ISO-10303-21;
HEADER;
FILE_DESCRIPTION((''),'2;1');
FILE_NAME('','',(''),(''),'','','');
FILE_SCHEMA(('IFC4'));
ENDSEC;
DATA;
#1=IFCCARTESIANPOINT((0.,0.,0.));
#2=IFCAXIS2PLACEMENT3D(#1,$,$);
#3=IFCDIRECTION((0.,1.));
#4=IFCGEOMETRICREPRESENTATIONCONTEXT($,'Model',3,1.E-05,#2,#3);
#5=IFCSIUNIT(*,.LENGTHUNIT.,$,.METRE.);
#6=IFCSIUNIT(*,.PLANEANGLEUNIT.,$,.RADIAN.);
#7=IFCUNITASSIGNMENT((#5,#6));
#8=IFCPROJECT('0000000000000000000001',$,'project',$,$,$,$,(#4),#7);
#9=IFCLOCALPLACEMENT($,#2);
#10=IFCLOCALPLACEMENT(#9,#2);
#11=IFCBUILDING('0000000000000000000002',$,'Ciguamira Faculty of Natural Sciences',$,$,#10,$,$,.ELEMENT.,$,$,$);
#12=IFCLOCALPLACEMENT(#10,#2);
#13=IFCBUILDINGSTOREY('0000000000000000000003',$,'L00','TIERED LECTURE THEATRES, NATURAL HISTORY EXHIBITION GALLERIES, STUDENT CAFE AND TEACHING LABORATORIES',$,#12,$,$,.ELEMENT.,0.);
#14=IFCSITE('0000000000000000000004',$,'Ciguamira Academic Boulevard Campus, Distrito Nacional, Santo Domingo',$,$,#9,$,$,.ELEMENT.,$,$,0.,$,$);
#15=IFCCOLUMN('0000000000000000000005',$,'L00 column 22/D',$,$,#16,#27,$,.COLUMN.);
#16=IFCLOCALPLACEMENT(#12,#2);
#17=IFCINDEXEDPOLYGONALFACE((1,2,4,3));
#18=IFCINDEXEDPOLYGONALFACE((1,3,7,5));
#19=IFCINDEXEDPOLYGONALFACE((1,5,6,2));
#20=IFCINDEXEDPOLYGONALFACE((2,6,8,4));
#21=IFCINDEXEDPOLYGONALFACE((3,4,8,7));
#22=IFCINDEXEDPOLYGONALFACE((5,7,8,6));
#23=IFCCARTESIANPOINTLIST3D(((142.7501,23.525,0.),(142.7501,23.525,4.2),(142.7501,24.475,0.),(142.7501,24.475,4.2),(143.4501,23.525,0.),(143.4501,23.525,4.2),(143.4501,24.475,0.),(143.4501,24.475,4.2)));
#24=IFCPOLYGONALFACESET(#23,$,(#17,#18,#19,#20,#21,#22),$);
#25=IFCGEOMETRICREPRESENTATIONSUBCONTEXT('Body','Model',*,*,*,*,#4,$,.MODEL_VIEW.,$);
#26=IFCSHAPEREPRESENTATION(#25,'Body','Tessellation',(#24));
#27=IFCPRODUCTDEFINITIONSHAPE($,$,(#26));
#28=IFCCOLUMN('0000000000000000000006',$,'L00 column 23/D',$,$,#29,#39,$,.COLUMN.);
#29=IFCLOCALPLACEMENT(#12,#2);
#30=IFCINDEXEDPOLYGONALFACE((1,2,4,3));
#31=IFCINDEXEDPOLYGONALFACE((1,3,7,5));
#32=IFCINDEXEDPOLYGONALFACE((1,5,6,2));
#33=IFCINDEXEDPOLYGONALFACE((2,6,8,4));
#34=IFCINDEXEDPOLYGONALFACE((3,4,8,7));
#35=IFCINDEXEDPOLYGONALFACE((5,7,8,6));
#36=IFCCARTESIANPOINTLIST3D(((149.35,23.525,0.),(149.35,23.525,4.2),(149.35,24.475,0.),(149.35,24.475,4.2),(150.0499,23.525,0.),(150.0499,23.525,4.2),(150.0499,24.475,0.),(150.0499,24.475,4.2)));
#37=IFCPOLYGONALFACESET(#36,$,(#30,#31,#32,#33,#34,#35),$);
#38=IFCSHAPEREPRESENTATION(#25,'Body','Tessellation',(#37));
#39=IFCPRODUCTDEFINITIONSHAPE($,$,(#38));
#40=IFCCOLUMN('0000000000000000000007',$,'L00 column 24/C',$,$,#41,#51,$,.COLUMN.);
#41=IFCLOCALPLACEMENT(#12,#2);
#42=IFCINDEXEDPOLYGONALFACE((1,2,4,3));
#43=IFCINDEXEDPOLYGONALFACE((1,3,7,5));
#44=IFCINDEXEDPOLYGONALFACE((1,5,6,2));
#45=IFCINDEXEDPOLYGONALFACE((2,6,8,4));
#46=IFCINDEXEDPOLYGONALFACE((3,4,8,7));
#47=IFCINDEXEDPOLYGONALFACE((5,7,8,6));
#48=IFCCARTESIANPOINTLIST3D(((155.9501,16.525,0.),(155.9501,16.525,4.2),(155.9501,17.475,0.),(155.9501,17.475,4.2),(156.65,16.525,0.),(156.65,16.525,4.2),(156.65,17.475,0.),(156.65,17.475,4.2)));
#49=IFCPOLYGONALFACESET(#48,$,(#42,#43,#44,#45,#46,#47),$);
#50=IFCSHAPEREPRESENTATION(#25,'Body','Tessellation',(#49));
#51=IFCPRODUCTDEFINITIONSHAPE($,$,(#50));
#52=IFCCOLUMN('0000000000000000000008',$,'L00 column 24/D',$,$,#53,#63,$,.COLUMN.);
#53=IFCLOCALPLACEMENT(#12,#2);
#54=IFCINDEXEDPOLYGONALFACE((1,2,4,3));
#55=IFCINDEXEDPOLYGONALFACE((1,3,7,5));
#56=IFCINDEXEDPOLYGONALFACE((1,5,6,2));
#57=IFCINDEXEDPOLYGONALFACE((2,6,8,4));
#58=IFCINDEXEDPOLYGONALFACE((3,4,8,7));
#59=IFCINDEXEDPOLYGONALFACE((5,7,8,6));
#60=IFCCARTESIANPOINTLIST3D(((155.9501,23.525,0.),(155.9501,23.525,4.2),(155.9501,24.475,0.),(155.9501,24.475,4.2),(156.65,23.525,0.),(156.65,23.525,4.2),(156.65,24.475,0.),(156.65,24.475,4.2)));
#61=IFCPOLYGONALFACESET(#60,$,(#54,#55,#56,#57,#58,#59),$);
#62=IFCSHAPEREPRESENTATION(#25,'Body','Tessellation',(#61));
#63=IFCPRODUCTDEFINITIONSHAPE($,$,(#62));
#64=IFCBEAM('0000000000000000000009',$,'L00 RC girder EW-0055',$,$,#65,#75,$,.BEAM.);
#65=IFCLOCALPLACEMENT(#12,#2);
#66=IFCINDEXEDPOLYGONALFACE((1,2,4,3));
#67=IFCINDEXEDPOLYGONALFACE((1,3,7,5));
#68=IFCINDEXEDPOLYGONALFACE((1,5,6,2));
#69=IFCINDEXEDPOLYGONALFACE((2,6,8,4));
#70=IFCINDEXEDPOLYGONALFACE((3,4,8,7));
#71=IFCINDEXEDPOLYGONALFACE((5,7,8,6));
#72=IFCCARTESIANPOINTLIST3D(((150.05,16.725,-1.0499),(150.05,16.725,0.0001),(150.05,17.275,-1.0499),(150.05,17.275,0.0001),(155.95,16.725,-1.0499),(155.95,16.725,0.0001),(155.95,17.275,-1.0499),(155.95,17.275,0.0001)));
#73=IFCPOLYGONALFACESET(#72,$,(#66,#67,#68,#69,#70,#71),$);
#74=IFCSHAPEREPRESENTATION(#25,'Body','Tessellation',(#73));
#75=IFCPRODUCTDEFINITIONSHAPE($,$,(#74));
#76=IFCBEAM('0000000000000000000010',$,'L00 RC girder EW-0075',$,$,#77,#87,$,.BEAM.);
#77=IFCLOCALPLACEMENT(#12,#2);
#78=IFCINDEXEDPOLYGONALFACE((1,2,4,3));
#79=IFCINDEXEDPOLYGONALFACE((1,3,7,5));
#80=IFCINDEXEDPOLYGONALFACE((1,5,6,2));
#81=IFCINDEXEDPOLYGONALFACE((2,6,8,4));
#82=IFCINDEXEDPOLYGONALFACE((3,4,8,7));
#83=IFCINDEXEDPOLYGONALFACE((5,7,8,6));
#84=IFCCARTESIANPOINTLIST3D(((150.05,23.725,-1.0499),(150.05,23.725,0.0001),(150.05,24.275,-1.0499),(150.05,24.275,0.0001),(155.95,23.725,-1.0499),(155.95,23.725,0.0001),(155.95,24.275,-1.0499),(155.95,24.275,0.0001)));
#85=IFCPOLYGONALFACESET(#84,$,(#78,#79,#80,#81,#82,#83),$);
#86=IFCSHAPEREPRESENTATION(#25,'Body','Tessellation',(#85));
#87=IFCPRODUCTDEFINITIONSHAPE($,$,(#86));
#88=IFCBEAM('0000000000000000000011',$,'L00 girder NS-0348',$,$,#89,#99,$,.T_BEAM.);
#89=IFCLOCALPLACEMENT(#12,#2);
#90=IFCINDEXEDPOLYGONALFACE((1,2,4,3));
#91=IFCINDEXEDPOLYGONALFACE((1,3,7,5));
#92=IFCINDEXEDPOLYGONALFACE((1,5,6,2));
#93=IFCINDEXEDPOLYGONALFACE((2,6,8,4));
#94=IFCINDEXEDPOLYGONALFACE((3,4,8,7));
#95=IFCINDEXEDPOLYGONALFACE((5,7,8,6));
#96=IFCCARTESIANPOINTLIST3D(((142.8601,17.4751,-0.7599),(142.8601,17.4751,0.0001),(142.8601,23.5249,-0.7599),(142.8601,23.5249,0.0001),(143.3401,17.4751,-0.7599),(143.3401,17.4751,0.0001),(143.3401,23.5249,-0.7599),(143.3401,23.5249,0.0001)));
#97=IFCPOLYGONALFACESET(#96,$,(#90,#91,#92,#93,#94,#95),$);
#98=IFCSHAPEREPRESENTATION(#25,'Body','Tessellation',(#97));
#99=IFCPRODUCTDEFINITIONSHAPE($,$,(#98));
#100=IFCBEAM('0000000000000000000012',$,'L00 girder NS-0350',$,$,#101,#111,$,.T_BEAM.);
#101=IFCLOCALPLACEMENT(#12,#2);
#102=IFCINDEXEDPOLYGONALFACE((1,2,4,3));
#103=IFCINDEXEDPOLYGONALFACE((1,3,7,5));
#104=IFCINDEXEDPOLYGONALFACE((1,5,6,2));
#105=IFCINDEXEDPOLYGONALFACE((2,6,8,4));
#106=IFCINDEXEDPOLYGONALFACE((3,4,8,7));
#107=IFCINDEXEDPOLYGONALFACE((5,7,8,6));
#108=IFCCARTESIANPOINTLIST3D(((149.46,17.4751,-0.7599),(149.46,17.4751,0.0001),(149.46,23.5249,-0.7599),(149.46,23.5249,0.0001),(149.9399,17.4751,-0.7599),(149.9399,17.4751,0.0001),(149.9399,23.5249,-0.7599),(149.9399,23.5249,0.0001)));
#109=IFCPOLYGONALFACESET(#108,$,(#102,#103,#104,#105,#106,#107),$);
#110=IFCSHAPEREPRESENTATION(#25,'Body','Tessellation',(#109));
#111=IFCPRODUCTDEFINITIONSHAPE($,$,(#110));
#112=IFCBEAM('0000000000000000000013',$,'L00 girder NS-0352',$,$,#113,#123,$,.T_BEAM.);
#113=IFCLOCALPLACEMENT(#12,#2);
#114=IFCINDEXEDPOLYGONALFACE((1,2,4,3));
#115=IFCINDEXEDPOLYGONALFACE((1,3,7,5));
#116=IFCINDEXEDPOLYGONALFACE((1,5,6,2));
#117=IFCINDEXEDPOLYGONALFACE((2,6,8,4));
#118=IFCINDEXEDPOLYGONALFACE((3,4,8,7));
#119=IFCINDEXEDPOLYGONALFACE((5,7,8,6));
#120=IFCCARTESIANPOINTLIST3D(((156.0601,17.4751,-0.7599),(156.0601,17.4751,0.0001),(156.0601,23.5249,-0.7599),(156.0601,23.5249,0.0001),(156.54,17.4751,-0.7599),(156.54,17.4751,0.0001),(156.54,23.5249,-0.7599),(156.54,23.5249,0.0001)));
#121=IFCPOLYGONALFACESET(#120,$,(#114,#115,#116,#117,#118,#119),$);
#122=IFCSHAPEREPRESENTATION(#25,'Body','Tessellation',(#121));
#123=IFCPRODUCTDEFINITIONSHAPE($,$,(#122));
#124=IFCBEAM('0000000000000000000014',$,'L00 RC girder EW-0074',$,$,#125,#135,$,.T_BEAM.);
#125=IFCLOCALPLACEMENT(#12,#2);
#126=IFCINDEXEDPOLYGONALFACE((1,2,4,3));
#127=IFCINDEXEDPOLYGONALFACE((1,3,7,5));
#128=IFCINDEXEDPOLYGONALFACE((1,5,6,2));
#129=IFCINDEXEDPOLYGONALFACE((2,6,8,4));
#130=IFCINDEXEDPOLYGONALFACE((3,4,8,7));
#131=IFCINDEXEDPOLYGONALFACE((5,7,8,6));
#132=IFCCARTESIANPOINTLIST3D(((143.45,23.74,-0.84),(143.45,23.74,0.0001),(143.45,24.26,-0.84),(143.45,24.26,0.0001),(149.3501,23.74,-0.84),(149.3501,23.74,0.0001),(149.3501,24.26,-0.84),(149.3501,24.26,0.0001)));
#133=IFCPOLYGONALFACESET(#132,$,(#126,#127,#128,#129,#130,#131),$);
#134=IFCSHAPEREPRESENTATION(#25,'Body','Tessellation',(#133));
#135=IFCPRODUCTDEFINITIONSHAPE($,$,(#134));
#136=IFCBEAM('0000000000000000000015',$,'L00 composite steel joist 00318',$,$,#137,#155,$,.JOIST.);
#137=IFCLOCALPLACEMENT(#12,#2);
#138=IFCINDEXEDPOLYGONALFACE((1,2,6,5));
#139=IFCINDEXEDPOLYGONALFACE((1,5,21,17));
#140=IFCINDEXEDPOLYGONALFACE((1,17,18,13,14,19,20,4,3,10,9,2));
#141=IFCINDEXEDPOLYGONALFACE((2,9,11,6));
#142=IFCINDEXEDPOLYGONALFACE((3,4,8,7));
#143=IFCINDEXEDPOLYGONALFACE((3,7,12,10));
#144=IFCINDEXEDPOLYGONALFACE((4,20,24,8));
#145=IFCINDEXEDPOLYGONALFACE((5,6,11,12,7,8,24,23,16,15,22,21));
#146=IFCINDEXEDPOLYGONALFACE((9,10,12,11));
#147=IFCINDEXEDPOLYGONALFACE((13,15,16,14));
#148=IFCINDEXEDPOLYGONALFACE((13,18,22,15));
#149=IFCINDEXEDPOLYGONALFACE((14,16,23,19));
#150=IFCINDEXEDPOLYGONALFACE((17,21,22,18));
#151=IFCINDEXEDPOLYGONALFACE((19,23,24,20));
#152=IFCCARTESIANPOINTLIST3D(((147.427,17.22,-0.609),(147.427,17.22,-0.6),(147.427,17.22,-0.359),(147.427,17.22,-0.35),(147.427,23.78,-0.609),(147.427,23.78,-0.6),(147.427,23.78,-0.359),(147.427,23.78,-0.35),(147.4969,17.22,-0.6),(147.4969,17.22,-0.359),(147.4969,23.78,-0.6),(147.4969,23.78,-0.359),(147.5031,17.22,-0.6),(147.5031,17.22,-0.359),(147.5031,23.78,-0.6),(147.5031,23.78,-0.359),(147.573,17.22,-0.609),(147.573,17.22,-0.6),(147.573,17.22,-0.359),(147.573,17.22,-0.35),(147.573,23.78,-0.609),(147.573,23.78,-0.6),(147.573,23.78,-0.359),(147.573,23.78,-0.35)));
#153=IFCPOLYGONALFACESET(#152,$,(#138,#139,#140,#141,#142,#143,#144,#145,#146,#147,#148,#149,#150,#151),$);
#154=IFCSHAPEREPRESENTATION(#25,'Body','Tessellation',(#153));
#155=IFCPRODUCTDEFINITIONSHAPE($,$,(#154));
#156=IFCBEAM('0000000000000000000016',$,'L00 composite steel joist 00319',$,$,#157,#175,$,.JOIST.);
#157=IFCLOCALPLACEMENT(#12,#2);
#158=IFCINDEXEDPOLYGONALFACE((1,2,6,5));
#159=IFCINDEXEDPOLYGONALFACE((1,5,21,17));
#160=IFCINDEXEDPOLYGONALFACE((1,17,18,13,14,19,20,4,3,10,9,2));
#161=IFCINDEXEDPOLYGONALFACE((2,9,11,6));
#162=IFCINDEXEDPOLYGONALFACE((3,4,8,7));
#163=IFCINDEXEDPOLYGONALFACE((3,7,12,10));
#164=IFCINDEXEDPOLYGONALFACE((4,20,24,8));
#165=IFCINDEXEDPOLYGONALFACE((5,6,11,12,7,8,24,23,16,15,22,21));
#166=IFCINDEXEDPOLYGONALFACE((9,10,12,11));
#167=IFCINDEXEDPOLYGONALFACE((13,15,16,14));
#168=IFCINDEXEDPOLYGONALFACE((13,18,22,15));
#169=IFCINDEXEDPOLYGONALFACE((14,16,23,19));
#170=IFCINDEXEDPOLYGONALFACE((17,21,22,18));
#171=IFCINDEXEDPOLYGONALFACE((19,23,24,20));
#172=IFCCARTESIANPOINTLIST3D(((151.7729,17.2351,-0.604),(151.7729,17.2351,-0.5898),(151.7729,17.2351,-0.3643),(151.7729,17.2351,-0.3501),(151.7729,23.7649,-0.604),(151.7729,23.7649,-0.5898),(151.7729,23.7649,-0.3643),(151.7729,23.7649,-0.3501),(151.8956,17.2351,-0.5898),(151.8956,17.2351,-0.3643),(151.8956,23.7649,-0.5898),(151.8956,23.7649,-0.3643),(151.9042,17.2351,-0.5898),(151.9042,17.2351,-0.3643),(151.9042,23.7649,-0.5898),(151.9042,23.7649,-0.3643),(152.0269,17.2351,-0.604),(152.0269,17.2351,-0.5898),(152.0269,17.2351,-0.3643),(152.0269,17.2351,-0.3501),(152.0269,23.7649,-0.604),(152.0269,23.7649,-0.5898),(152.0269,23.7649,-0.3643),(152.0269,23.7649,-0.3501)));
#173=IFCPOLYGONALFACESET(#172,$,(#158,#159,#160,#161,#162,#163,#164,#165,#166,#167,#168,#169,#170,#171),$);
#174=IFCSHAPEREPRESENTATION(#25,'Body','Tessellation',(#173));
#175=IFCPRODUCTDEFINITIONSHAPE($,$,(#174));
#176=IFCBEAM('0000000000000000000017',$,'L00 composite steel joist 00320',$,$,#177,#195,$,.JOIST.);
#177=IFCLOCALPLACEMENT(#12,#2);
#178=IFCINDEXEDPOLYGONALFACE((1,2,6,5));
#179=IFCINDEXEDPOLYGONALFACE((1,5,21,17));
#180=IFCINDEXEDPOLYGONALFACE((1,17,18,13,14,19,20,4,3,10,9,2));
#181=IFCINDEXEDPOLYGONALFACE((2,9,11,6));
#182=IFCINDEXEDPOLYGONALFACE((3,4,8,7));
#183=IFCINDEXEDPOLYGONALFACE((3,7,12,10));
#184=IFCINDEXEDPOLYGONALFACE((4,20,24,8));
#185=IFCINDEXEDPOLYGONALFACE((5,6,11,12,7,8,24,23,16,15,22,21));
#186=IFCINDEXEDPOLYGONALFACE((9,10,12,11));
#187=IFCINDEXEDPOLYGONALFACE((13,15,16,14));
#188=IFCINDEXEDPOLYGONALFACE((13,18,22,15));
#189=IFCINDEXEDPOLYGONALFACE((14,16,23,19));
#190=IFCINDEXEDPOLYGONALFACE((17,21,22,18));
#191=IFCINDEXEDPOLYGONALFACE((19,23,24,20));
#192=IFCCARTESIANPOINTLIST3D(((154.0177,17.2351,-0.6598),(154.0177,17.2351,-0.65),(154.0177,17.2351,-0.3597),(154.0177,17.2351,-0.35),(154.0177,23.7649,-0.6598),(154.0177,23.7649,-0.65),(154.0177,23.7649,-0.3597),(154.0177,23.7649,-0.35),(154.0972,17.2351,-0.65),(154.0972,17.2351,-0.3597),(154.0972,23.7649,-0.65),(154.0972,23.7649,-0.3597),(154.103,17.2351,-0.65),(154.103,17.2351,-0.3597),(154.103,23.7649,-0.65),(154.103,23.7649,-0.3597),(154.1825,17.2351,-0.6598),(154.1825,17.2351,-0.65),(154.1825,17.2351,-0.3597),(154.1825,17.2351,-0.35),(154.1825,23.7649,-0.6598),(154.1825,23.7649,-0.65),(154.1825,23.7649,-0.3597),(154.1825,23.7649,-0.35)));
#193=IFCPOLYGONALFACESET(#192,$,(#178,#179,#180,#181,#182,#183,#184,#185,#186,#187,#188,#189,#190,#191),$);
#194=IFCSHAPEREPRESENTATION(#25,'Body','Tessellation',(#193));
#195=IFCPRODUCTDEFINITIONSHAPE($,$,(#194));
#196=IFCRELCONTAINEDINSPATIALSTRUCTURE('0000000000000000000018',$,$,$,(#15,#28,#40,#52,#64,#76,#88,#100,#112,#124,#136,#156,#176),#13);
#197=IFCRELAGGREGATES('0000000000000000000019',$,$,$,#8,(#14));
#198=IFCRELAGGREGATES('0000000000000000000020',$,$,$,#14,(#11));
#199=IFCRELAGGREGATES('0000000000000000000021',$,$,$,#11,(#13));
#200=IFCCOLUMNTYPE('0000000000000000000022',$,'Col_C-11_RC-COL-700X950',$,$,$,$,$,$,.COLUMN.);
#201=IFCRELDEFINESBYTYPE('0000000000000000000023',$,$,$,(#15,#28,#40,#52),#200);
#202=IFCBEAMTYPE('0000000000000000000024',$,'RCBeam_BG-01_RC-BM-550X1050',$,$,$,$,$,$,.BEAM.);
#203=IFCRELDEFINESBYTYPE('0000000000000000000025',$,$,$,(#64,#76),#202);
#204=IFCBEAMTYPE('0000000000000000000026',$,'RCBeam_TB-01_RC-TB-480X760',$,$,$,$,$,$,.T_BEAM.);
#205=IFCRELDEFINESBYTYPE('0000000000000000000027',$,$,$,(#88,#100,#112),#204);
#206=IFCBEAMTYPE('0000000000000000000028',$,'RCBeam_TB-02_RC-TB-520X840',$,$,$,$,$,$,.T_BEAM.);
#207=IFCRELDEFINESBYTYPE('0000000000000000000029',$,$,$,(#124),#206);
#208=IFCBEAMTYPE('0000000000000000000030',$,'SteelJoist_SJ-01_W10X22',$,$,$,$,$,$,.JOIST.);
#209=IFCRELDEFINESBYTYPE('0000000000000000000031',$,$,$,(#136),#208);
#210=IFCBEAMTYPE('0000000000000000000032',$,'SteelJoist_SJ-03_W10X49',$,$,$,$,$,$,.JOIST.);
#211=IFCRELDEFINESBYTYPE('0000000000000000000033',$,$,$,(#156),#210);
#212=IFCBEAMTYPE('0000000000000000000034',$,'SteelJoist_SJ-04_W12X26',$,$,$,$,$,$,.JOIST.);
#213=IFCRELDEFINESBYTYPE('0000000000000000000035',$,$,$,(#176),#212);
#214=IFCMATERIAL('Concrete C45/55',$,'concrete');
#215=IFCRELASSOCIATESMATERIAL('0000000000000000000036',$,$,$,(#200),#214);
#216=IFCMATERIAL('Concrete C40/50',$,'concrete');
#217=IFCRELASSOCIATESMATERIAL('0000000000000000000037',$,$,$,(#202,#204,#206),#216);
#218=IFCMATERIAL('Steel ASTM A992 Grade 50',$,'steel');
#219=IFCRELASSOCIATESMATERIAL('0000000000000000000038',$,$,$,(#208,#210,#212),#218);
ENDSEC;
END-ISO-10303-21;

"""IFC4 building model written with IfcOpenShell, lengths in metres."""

from ifc_helpers import new_model, si_unit, direction, frame, origin, origin_2d, place, context, subcontext, project, spatial, rectangle, i_section, extrude, material, material_profile, profile_set, type_object, element, save


model = new_model("IFC4")

# Units and contexts
model_context = context("Model", 3, precision=1e-05, world=origin(), true_north=direction((0.0, 1.0)))
body_context = subcontext(model_context, "Body", "Model", "MODEL_VIEW")
ifc_project = project(units=[si_unit("LENGTHUNIT", "METRE"), si_unit("PLANEANGLEUNIT", "RADIAN")], contexts=[model_context])

# Site, building, storey
site_placement = place(None, origin())
site = spatial("IfcSite", under=ifc_project, at=site_placement, Name="Ciguamira Academic Boulevard Campus, Distrito Nacional, Santo Domingo", CompositionType="ELEMENT", RefElevation=0.0)
building_placement = place(site_placement, origin())
building = spatial("IfcBuilding", under=site, at=building_placement, Name="Ciguamira Faculty of Natural Sciences", CompositionType="ELEMENT")
storey_placement = place(building_placement, origin())
storey = spatial("IfcBuildingStorey", under=building, at=storey_placement, Name="L00", Description="TIERED LECTURE THEATRES, NATURAL HISTORY EXHIBITION GALLERIES, STUDENT CAFE AND TEACHING LABORATORIES", CompositionType="ELEMENT", Elevation=0.0)

# Columns
ifc_material_1 = material(Name="Concrete C45/55", Category="concrete")
ifc_material_profile_1 = material_profile(ifc_material_1, rectangle(XDim=0.7, YDim=0.95, at=origin_2d()), Name="RC-COL-700X950")
ifc_profile_set_1 = profile_set([ifc_material_profile_1], Name="Concrete C45/55")
column_type = type_object("IfcColumnType", Name="Col_C-11_RC-COL-700X950", PredefinedType="COLUMN", material=ifc_profile_set_1)
for number, where, z_axis, x_axis, name in (
    (1, (143.1001, 24.0, 0.0), (0.0, 0.0, 1.0), (1.0, 0.0, 0.0), "L00 column 22/D"),
    (2, (149.7, 24.0, 0.0), (0.0, 0.0, 1.0), (1.0, 0.0, 0.0), "L00 column 23/D"),
    (3, (156.3, 17.0, 0.0), (0.0, 0.0, 1.0), (1.0, 0.0, 0.0), "L00 column 24/C"),
    (4, (156.3, 24.0, 0.0), (0.0, 0.0, 1.0), (1.0, 0.0, 0.0), "L00 column 24/D"),
):
    element("IfcColumn", number, at=place(storey_placement, frame(where, z_axis=z_axis, x_axis=x_axis)), inside=storey, type_object=column_type, Name=name, PredefinedType="COLUMN", context=body_context, shape_type="SweptSolid", body=[
        extrude(rectangle(XDim=0.7, YDim=0.95, at=origin_2d()), origin(), (0.0, 0.0, 1.0), 4.2),
    ])

# Beams
ifc_material_2 = material(Name="Concrete C40/50", Category="concrete")
ifc_material_profile_2 = material_profile(ifc_material_2, rectangle(XDim=0.55, YDim=1.05, at=origin_2d()), Name="RC-BM-550X1050")
ifc_profile_set_2 = profile_set([ifc_material_profile_2], Name="Concrete C40/50")
beam_type_1 = type_object("IfcBeamType", Name="RCBeam_BG-01_RC-BM-550X1050", PredefinedType="BEAM", material=ifc_profile_set_2)
for number, where, z_axis, x_axis, name in (
    (5, (150.05, 17.0, -0.5249), (1.0, 0.0, 0.0), (0.0, 1.0, 0.0), "L00 RC girder EW-0055"),
    (6, (150.05, 24.0, -0.5249), (1.0, 0.0, 0.0), (0.0, 1.0, 0.0), "L00 RC girder EW-0075"),
):
    element("IfcBeam", number, at=place(storey_placement, frame(where, z_axis=z_axis, x_axis=x_axis)), inside=storey, type_object=beam_type_1, Name=name, PredefinedType="BEAM", context=body_context, shape_type="SweptSolid", body=[
        extrude(rectangle(XDim=0.55, YDim=1.05, at=origin_2d()), origin(), (0.0, 0.0, 1.0), 5.8999),
    ])
ifc_material_profile_3 = material_profile(ifc_material_2, rectangle(XDim=0.48, YDim=0.76, at=origin_2d()), Name="RC-TB-480X760")
ifc_profile_set_3 = profile_set([ifc_material_profile_3], Name="Concrete C40/50")
beam_type_2 = type_object("IfcBeamType", Name="RCBeam_TB-01_RC-TB-480X760", PredefinedType="T_BEAM", material=ifc_profile_set_3)
for number, where, z_axis, x_axis, name in (
    (7, (143.1001, 17.4751, -0.3799), (0.0, 1.0, 0.0), (-1.0, 0.0, 0.0), "L00 girder NS-0348"),
    (8, (149.7, 17.4751, -0.3799), (0.0, 1.0, 0.0), (-1.0, 0.0, 0.0), "L00 girder NS-0350"),
    (9, (156.3, 17.4751, -0.3799), (0.0, 1.0, 0.0), (-1.0, 0.0, 0.0), "L00 girder NS-0352"),
):
    element("IfcBeam", number, at=place(storey_placement, frame(where, z_axis=z_axis, x_axis=x_axis)), inside=storey, type_object=beam_type_2, Name=name, PredefinedType="T_BEAM", context=body_context, shape_type="SweptSolid", body=[
        extrude(rectangle(XDim=0.48, YDim=0.76, at=origin_2d()), origin(), (0.0, 0.0, 1.0), 6.0498),
    ])
ifc_material_profile_4 = material_profile(ifc_material_2, rectangle(XDim=0.52, YDim=0.8401, at=origin_2d()), Name="RC-TB-520X840")
ifc_profile_set_4 = profile_set([ifc_material_profile_4], Name="Concrete C40/50")
beam_type_3 = type_object("IfcBeamType", Name="RCBeam_TB-02_RC-TB-520X840", PredefinedType="T_BEAM", material=ifc_profile_set_4)
beam_1_placement = place(storey_placement, frame((143.45, 24.0, -0.4199), z_axis=(1.0, 0.0, 0.0), x_axis=(0.0, 1.0, 0.0)))
element("IfcBeam", 10, at=beam_1_placement, inside=storey, type_object=beam_type_3, Name="L00 RC girder EW-0074", PredefinedType="T_BEAM", context=body_context, shape_type="SweptSolid", body=[
    extrude(rectangle(XDim=0.52, YDim=0.8401, at=origin_2d()), origin(), (0.0, 0.0, 1.0), 5.9001),
])
ifc_material_3 = material(Name="Steel ASTM A992 Grade 50", Category="steel")
ifc_material_profile_5 = material_profile(ifc_material_3, i_section(OverallWidth=0.146, OverallDepth=0.259, WebThickness=0.0061, FlangeThickness=0.009, at=origin_2d()), Name="W10X22")
ifc_profile_set_5 = profile_set([ifc_material_profile_5], Name="Steel ASTM A992 Grade 50")
beam_type_4 = type_object("IfcBeamType", Name="SteelJoist_SJ-01_W10X22", PredefinedType="JOIST", material=ifc_profile_set_5)
beam_2_placement = place(storey_placement, frame((147.5, 17.22, -0.4795), z_axis=(0.0, 1.0, 0.0), x_axis=(-1.0, 0.0, 0.0)))
element("IfcBeam", 11, at=beam_2_placement, inside=storey, type_object=beam_type_4, Name="L00 composite steel joist 00318", PredefinedType="JOIST", context=body_context, shape_type="SweptSolid", body=[
    extrude(i_section(OverallWidth=0.146, OverallDepth=0.259, WebThickness=0.0061, FlangeThickness=0.009, at=origin_2d()), origin(), (0.0, 0.0, 1.0), 6.5601),
])
ifc_material_profile_6 = material_profile(ifc_material_3, i_section(OverallWidth=0.2539, OverallDepth=0.2539, WebThickness=0.0085, FlangeThickness=0.0142, at=origin_2d()), Name="W10X49")
ifc_profile_set_6 = profile_set([ifc_material_profile_6], Name="Steel ASTM A992 Grade 50")
beam_type_5 = type_object("IfcBeamType", Name="SteelJoist_SJ-03_W10X49", PredefinedType="JOIST", material=ifc_profile_set_6)
beam_3_placement = place(storey_placement, frame((151.8999, 17.2351, -0.4771), z_axis=(0.0, 1.0, 0.0), x_axis=(-1.0, 0.0, 0.0)))
element("IfcBeam", 12, at=beam_3_placement, inside=storey, type_object=beam_type_5, Name="L00 composite steel joist 00319", PredefinedType="JOIST", context=body_context, shape_type="SweptSolid", body=[
    extrude(i_section(OverallWidth=0.2539, OverallDepth=0.2539, WebThickness=0.0085, FlangeThickness=0.0142, at=origin_2d()), origin(), (0.0, 0.0, 1.0), 6.5298),
])
ifc_material_profile_7 = material_profile(ifc_material_3, i_section(OverallWidth=0.1648, OverallDepth=0.3098, WebThickness=0.0059, FlangeThickness=0.0098, at=origin_2d()), Name="W12X26")
ifc_profile_set_7 = profile_set([ifc_material_profile_7], Name="Steel ASTM A992 Grade 50")
beam_type_6 = type_object("IfcBeamType", Name="SteelJoist_SJ-04_W12X26", PredefinedType="JOIST", material=ifc_profile_set_7)
beam_4_placement = place(storey_placement, frame((154.1001, 17.2351, -0.5049), z_axis=(0.0, 1.0, 0.0), x_axis=(-1.0, 0.0, 0.0)))
element("IfcBeam", 13, at=beam_4_placement, inside=storey, type_object=beam_type_6, Name="L00 composite steel joist 00320", PredefinedType="JOIST", context=body_context, shape_type="SweptSolid", body=[
    extrude(i_section(OverallWidth=0.1648, OverallDepth=0.3098, WebThickness=0.0059, FlangeThickness=0.0098, at=origin_2d()), origin(), (0.0, 0.0, 1.0), 6.5298),
])

save(model, "model.ifc")
